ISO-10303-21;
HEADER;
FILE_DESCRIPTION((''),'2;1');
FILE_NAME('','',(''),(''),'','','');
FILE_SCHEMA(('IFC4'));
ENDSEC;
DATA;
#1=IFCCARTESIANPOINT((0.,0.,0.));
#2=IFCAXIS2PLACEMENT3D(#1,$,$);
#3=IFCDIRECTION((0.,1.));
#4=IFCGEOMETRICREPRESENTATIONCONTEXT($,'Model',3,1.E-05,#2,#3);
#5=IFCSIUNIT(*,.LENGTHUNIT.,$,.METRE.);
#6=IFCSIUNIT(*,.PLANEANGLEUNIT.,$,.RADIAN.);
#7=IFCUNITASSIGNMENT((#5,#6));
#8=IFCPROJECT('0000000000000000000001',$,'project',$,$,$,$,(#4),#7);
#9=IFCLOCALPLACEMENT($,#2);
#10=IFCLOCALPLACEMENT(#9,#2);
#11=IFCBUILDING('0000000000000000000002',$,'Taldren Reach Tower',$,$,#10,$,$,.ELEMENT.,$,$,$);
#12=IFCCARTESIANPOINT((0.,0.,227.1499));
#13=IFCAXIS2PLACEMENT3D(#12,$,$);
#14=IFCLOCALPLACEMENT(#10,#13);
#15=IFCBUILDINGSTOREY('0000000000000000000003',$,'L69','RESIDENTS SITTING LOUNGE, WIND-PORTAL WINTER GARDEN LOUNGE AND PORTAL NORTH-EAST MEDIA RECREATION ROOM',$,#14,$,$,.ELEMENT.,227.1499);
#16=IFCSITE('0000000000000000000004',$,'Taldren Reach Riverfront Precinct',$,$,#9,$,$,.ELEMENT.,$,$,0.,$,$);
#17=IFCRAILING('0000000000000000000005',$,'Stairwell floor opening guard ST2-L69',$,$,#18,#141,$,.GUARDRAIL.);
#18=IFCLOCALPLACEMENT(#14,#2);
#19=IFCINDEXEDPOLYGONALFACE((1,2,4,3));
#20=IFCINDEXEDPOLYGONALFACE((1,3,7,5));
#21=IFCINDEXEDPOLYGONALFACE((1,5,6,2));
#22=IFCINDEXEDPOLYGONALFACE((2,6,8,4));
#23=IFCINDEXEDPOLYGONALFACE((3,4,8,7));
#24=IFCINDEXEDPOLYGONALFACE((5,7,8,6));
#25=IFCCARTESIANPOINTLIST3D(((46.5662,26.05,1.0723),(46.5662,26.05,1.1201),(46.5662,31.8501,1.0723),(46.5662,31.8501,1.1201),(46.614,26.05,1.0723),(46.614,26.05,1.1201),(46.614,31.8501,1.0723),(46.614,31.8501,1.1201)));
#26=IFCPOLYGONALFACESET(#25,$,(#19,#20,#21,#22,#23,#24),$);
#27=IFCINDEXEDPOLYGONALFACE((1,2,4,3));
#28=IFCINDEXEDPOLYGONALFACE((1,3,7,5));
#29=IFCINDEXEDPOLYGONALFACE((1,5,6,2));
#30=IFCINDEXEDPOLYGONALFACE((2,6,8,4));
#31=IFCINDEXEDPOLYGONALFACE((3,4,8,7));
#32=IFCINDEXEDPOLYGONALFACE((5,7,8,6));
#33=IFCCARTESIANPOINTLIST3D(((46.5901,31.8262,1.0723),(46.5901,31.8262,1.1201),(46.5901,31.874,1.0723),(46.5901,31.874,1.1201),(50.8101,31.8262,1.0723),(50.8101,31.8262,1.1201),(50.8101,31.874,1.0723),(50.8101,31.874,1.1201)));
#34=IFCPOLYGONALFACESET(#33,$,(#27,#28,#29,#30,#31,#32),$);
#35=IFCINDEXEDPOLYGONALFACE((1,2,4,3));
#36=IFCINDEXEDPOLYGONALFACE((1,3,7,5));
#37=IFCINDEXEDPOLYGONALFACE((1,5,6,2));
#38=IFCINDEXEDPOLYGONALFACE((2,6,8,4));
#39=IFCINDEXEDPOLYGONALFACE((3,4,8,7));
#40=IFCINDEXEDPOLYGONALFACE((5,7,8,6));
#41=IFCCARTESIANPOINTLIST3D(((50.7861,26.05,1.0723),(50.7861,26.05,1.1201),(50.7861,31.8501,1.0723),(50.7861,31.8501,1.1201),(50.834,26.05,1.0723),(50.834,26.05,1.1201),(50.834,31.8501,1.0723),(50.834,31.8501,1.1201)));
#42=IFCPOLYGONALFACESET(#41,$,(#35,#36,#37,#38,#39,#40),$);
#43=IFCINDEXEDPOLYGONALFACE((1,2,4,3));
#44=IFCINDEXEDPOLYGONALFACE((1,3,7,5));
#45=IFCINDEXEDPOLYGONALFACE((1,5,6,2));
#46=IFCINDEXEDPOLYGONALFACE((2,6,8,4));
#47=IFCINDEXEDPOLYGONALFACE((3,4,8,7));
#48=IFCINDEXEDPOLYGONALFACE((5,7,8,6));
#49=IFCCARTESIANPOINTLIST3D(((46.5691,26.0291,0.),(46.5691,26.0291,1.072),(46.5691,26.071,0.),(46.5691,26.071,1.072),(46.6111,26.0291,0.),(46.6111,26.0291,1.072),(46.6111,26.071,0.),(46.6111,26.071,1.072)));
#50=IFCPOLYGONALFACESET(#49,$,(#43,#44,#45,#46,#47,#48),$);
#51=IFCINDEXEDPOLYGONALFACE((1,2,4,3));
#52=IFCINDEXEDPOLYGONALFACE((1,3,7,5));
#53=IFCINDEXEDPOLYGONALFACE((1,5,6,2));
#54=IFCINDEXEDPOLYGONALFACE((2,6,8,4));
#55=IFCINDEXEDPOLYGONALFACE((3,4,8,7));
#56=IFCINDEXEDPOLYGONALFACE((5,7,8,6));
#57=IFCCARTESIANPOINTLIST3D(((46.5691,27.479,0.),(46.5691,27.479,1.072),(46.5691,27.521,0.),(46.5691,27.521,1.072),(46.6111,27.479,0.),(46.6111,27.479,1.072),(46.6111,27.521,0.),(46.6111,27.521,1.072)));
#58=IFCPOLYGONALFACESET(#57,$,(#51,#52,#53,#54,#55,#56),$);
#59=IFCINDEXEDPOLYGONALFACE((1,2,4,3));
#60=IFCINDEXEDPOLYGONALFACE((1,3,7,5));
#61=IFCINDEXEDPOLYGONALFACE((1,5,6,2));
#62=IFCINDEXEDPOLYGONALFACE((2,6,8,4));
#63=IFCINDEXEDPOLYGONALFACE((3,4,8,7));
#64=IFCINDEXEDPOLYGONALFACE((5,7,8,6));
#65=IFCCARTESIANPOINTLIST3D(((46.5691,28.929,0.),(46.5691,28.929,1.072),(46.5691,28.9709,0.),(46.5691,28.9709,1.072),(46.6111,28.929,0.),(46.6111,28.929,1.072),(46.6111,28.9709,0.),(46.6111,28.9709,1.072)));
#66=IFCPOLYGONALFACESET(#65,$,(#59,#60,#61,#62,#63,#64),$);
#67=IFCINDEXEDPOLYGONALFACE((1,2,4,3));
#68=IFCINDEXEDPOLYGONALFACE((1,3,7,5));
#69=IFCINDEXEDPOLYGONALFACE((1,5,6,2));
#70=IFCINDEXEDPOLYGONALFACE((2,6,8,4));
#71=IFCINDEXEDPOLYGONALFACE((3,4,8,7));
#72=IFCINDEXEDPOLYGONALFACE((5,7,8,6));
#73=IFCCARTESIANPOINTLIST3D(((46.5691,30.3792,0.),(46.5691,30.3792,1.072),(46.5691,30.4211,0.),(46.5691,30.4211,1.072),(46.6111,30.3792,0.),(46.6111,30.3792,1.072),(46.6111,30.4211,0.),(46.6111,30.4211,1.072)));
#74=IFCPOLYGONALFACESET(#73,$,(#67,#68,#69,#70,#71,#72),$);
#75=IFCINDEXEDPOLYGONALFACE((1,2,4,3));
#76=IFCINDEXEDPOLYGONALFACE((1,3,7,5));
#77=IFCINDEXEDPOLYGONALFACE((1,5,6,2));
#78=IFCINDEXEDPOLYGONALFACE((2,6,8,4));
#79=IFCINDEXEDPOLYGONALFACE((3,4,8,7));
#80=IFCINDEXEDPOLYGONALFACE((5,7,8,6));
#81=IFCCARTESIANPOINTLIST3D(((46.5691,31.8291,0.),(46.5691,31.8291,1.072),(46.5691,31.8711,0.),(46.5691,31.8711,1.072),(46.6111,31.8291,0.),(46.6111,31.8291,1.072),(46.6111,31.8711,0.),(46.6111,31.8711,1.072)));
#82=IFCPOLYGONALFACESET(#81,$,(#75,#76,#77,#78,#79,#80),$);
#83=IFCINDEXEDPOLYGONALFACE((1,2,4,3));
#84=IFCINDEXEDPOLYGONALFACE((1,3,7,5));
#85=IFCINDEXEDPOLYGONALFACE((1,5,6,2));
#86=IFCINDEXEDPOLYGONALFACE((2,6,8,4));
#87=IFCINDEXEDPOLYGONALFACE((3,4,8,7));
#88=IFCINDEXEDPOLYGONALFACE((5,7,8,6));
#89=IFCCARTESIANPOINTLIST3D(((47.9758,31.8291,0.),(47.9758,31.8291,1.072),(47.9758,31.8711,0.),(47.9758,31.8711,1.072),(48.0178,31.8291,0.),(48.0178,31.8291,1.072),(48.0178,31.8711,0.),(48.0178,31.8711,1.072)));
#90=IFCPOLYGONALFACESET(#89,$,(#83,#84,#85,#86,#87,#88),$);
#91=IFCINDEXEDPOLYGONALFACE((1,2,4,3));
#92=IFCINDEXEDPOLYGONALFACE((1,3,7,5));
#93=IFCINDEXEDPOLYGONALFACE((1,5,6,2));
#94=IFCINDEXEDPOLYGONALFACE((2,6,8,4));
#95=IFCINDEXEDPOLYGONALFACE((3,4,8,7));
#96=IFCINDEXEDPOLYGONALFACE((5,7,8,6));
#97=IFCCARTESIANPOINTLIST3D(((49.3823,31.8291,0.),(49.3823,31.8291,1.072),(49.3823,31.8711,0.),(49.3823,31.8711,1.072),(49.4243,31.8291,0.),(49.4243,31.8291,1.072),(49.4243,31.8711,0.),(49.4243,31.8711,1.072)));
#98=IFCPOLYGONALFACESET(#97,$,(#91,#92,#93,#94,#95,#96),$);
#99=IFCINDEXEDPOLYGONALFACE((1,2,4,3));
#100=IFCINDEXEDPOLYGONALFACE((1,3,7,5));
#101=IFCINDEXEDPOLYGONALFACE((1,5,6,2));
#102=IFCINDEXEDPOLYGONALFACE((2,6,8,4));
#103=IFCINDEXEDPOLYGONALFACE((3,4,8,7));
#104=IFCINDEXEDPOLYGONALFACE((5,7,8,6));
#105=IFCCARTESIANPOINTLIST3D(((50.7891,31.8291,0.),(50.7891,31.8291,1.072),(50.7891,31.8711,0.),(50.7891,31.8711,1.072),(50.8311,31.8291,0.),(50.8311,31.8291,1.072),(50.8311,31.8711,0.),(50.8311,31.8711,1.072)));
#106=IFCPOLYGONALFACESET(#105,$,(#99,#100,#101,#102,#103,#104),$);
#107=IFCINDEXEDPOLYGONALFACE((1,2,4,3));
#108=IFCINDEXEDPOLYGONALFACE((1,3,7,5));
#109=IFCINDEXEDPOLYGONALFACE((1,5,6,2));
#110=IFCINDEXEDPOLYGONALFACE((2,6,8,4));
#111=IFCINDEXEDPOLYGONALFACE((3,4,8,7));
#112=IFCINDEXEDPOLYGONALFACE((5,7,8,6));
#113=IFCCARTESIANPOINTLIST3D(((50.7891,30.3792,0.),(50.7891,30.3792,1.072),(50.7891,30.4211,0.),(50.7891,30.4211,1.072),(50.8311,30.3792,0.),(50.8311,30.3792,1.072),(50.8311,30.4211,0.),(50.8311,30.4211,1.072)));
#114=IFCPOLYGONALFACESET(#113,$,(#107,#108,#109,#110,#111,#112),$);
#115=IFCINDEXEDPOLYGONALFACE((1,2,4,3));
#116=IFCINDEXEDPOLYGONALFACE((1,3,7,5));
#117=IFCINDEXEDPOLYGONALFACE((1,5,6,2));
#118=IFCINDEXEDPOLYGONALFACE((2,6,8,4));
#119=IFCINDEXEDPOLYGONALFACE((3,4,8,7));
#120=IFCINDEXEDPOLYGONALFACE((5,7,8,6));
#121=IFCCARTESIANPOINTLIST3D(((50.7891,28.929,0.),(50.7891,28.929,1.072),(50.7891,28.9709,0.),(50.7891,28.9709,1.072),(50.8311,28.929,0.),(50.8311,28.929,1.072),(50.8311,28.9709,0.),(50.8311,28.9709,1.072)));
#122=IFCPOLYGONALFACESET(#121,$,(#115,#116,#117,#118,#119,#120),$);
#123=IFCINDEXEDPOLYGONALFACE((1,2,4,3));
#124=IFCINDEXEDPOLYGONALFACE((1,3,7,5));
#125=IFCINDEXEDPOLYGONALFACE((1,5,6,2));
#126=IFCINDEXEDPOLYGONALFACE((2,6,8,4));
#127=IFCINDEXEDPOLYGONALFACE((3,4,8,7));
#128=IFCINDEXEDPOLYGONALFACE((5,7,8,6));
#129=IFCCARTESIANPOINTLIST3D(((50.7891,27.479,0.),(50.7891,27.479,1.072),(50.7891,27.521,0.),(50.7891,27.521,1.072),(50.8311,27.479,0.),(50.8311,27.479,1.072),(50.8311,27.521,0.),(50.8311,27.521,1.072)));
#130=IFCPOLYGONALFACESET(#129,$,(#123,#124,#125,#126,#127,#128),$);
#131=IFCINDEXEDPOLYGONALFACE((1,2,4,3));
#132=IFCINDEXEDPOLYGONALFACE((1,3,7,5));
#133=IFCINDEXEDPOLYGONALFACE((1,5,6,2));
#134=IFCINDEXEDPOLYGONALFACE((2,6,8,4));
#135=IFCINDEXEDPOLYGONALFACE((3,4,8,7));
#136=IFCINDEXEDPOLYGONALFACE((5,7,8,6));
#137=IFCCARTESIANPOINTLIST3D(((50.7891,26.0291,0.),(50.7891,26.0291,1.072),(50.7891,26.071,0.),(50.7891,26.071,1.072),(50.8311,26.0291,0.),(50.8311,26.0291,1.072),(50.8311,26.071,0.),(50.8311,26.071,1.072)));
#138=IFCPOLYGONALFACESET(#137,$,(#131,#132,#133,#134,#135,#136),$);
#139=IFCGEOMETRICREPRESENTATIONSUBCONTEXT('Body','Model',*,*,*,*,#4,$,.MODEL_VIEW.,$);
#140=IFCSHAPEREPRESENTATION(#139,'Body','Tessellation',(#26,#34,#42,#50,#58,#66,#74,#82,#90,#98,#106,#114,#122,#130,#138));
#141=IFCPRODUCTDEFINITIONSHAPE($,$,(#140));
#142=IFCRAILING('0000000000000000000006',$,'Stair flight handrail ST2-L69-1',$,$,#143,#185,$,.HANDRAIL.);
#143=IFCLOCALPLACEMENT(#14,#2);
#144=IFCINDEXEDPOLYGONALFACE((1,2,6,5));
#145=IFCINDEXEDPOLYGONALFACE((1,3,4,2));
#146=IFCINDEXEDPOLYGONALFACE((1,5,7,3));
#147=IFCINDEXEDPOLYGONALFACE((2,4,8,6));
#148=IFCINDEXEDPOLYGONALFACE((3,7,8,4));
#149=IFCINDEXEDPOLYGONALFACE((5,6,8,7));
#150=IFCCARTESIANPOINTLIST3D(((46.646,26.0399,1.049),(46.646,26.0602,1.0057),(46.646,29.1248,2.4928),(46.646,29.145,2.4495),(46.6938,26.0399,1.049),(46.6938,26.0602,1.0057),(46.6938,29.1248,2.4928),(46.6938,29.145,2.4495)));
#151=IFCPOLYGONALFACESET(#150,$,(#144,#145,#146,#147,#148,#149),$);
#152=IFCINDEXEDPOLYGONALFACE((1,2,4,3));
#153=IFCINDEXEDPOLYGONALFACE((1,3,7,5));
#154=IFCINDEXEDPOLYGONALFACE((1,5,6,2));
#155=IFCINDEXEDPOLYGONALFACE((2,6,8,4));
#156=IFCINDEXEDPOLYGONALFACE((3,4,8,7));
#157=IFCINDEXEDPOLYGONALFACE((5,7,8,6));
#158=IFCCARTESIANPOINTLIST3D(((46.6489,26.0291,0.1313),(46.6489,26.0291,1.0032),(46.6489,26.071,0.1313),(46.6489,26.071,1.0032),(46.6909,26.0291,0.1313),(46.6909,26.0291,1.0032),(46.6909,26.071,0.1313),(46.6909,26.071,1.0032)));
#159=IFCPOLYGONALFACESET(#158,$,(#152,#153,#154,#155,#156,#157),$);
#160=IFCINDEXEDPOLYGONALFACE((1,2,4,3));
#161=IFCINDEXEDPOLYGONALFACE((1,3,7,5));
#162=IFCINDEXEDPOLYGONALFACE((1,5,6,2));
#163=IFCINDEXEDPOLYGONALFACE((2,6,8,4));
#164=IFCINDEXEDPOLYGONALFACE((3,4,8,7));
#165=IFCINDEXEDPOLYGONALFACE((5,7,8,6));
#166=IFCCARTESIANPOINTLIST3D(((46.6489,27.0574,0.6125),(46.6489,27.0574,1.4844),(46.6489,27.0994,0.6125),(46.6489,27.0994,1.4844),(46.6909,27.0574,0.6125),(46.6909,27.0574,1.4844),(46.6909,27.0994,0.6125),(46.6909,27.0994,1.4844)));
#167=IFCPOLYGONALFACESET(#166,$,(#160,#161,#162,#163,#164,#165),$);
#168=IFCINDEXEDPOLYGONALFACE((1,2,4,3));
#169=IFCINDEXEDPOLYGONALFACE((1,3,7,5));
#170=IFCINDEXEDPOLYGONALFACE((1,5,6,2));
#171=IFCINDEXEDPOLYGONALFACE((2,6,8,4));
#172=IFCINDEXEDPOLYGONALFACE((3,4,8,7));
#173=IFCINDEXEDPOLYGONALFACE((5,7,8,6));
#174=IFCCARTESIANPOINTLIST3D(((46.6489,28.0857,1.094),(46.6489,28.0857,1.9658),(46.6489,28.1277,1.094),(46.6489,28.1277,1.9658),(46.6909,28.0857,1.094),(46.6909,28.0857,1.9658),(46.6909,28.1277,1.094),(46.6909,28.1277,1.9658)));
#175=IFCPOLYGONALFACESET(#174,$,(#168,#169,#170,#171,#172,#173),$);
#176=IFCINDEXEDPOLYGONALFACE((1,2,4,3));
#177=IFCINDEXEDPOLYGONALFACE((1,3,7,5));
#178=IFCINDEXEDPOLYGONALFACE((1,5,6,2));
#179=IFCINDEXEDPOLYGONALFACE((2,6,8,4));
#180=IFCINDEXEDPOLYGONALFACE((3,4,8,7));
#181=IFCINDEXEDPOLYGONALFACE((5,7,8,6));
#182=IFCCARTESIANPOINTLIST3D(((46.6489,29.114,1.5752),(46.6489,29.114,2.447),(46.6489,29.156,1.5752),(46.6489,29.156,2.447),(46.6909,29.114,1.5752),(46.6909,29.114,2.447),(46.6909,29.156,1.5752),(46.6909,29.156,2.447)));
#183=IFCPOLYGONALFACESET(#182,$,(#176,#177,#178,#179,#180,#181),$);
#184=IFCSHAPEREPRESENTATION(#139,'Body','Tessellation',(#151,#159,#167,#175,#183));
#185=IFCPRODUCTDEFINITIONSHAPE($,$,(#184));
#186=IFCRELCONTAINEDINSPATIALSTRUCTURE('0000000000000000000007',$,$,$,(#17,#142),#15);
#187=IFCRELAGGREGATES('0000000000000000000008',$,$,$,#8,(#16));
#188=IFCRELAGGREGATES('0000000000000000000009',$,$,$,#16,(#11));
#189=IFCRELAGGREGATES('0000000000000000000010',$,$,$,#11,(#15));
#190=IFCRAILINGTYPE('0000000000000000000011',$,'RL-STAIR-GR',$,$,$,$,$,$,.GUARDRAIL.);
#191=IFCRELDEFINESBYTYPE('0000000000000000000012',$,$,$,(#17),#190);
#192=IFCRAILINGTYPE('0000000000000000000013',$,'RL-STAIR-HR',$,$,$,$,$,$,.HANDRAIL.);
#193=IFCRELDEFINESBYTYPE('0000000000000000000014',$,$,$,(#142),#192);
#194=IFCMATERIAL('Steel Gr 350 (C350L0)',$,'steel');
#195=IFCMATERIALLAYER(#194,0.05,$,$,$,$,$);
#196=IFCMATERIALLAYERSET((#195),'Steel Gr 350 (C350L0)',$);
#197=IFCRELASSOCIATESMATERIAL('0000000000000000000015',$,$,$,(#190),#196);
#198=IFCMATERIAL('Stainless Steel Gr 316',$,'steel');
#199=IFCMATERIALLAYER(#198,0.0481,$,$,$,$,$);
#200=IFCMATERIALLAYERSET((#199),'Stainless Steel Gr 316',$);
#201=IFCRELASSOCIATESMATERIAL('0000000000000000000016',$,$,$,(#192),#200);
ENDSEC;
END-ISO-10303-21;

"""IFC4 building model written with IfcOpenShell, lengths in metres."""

from ifc_helpers import new_model, si_unit, direction, frame, origin, origin_2d, place, context, subcontext, project, spatial, rectangle, extrude, material, layer, layer_set, type_object, element, save


model = new_model("IFC4")

# Units and contexts
model_context = context("Model", 3, precision=1e-05, world=origin(), true_north=direction((0.0, 1.0)))
body_context = subcontext(model_context, "Body", "Model", "MODEL_VIEW")
ifc_project = project(units=[si_unit("LENGTHUNIT", "METRE"), si_unit("PLANEANGLEUNIT", "RADIAN")], contexts=[model_context])

# Site, building, storey
site_placement = place(None, origin())
site = spatial("IfcSite", under=ifc_project, at=site_placement, Name="Taldren Reach Riverfront Precinct", CompositionType="ELEMENT", RefElevation=0.0)
building_placement = place(site_placement, origin())
building = spatial("IfcBuilding", under=site, at=building_placement, Name="Taldren Reach Tower", CompositionType="ELEMENT")
storey_placement = place(building_placement, frame((0.0, 0.0, 227.1499)))
storey = spatial("IfcBuildingStorey", under=building, at=storey_placement, Name="L69", Description="RESIDENTS SITTING LOUNGE, WIND-PORTAL WINTER GARDEN LOUNGE AND PORTAL NORTH-EAST MEDIA RECREATION ROOM", CompositionType="ELEMENT", Elevation=227.1499)

# Shared definitions
ifc_material_1 = material(Name="Steel Gr 350 (C350L0)", Category="steel")

# Railings
ifc_layer_1 = layer(ifc_material_1, 0.05)
ifc_layer_set_1 = layer_set([ifc_layer_1], Name="Steel Gr 350 (C350L0)")
railing_type_1 = type_object("IfcRailingType", Name="RL-STAIR-GR", PredefinedType="GUARDRAIL", material=ifc_layer_set_1)
railing_1_placement = place(storey_placement, frame((46.5901, 26.05, 0.0)))
element("IfcRailing", 1, at=railing_1_placement, inside=storey, type_object=railing_type_1, Name="Stairwell floor opening guard ST2-L69", PredefinedType="GUARDRAIL", context=body_context, shape_type="SweptSolid", body=[
    extrude(rectangle(XDim=0.0479, YDim=0.0479, at=origin_2d()), frame((0.0, 0.0, 1.0962), z_axis=(0.0, 1.0, 0.0), x_axis=(-1.0, 0.0, 0.0)), (0.0, 0.0, 1.0), 5.8),
    extrude(rectangle(XDim=0.0479, YDim=0.0479, at=origin_2d()), frame((0.0, 5.8, 1.0962), z_axis=(1.0, 0.0, 0.0), x_axis=(0.0, 1.0, 0.0)), (0.0, 0.0, 1.0), 4.22),
    extrude(rectangle(XDim=0.0479, YDim=0.0479, at=origin_2d()), frame((4.22, 5.8, 1.0962), z_axis=(0.0, -1.0, 0.0), x_axis=(1.0, 0.0, 0.0)), (0.0, 0.0, 1.0), 5.8),
    extrude(rectangle(XDim=0.042, YDim=0.042, at=origin_2d()), origin(), (0.0, 0.0, 1.0), 1.072),
    extrude(rectangle(XDim=0.042, YDim=0.042, at=origin_2d()), frame((0.0, 1.45, 0.0)), (0.0, 0.0, 1.0), 1.072),
    extrude(rectangle(XDim=0.042, YDim=0.042, at=origin_2d()), frame((0.0, 2.8999, 0.0)), (0.0, 0.0, 1.0), 1.072),
    extrude(rectangle(XDim=0.042, YDim=0.042, at=origin_2d()), frame((0.0, 4.3501, 0.0)), (0.0, 0.0, 1.0), 1.072),
    extrude(rectangle(XDim=0.042, YDim=0.042, at=origin_2d()), frame((0.0, 5.8, 0.0)), (0.0, 0.0, 1.0), 1.072),
    extrude(rectangle(XDim=0.042, YDim=0.042, at=origin_2d()), frame((1.4067, 5.8, 0.0)), (0.0, 0.0, 1.0), 1.072),
    extrude(rectangle(XDim=0.042, YDim=0.042, at=origin_2d()), frame((2.8132, 5.8, 0.0)), (0.0, 0.0, 1.0), 1.072),
    extrude(rectangle(XDim=0.042, YDim=0.042, at=origin_2d()), frame((4.22, 5.8, 0.0)), (0.0, 0.0, 1.0), 1.072),
    extrude(rectangle(XDim=0.042, YDim=0.042, at=origin_2d()), frame((4.22, 4.3501, 0.0)), (0.0, 0.0, 1.0), 1.072),
    extrude(rectangle(XDim=0.042, YDim=0.042, at=origin_2d()), frame((4.22, 2.8999, 0.0)), (0.0, 0.0, 1.0), 1.072),
    extrude(rectangle(XDim=0.042, YDim=0.042, at=origin_2d()), frame((4.22, 1.45, 0.0)), (0.0, 0.0, 1.0), 1.072),
    extrude(rectangle(XDim=0.042, YDim=0.042, at=origin_2d()), frame((4.22, 0.0, 0.0)), (0.0, 0.0, 1.0), 1.072),
])
ifc_material_2 = material(Name="Stainless Steel Gr 316", Category="steel")
ifc_layer_2 = layer(ifc_material_2, 0.0481)
ifc_layer_set_2 = layer_set([ifc_layer_2], Name="Stainless Steel Gr 316")
railing_type_2 = type_object("IfcRailingType", Name="RL-STAIR-HR", PredefinedType="HANDRAIL", material=ifc_layer_set_2)
railing_2_placement = place(storey_placement, frame((46.6699, 26.05, 0.1313)))
element("IfcRailing", 2, at=railing_2_placement, inside=storey, type_object=railing_type_2, Name="Stair flight handrail ST2-L69-1", PredefinedType="HANDRAIL", context=body_context, shape_type="SweptSolid", body=[
    extrude(rectangle(XDim=0.0479, YDim=0.0479, at=origin_2d()), frame((0.0, 0.0, 0.896), z_axis=(0.0, 0.90571, 0.423898), x_axis=(-1.0, 0.0, 0.0)), (0.0, 0.0, 1.0), 3.406),
    extrude(rectangle(XDim=0.042, YDim=0.042, at=origin_2d()), origin(), (0.0, 0.0, 1.0), 0.8718),
    extrude(rectangle(XDim=0.042, YDim=0.042, at=origin_2d()), frame((0.0, 1.0283, 0.4812)), (0.0, 0.0, 1.0), 0.8718),
    extrude(rectangle(XDim=0.042, YDim=0.042, at=origin_2d()), frame((0.0, 2.0566, 0.9626)), (0.0, 0.0, 1.0), 0.8718),
    extrude(rectangle(XDim=0.042, YDim=0.042, at=origin_2d()), frame((0.0, 3.085, 1.4438)), (0.0, 0.0, 1.0), 0.8718),
])

save(model, "model.ifc")
